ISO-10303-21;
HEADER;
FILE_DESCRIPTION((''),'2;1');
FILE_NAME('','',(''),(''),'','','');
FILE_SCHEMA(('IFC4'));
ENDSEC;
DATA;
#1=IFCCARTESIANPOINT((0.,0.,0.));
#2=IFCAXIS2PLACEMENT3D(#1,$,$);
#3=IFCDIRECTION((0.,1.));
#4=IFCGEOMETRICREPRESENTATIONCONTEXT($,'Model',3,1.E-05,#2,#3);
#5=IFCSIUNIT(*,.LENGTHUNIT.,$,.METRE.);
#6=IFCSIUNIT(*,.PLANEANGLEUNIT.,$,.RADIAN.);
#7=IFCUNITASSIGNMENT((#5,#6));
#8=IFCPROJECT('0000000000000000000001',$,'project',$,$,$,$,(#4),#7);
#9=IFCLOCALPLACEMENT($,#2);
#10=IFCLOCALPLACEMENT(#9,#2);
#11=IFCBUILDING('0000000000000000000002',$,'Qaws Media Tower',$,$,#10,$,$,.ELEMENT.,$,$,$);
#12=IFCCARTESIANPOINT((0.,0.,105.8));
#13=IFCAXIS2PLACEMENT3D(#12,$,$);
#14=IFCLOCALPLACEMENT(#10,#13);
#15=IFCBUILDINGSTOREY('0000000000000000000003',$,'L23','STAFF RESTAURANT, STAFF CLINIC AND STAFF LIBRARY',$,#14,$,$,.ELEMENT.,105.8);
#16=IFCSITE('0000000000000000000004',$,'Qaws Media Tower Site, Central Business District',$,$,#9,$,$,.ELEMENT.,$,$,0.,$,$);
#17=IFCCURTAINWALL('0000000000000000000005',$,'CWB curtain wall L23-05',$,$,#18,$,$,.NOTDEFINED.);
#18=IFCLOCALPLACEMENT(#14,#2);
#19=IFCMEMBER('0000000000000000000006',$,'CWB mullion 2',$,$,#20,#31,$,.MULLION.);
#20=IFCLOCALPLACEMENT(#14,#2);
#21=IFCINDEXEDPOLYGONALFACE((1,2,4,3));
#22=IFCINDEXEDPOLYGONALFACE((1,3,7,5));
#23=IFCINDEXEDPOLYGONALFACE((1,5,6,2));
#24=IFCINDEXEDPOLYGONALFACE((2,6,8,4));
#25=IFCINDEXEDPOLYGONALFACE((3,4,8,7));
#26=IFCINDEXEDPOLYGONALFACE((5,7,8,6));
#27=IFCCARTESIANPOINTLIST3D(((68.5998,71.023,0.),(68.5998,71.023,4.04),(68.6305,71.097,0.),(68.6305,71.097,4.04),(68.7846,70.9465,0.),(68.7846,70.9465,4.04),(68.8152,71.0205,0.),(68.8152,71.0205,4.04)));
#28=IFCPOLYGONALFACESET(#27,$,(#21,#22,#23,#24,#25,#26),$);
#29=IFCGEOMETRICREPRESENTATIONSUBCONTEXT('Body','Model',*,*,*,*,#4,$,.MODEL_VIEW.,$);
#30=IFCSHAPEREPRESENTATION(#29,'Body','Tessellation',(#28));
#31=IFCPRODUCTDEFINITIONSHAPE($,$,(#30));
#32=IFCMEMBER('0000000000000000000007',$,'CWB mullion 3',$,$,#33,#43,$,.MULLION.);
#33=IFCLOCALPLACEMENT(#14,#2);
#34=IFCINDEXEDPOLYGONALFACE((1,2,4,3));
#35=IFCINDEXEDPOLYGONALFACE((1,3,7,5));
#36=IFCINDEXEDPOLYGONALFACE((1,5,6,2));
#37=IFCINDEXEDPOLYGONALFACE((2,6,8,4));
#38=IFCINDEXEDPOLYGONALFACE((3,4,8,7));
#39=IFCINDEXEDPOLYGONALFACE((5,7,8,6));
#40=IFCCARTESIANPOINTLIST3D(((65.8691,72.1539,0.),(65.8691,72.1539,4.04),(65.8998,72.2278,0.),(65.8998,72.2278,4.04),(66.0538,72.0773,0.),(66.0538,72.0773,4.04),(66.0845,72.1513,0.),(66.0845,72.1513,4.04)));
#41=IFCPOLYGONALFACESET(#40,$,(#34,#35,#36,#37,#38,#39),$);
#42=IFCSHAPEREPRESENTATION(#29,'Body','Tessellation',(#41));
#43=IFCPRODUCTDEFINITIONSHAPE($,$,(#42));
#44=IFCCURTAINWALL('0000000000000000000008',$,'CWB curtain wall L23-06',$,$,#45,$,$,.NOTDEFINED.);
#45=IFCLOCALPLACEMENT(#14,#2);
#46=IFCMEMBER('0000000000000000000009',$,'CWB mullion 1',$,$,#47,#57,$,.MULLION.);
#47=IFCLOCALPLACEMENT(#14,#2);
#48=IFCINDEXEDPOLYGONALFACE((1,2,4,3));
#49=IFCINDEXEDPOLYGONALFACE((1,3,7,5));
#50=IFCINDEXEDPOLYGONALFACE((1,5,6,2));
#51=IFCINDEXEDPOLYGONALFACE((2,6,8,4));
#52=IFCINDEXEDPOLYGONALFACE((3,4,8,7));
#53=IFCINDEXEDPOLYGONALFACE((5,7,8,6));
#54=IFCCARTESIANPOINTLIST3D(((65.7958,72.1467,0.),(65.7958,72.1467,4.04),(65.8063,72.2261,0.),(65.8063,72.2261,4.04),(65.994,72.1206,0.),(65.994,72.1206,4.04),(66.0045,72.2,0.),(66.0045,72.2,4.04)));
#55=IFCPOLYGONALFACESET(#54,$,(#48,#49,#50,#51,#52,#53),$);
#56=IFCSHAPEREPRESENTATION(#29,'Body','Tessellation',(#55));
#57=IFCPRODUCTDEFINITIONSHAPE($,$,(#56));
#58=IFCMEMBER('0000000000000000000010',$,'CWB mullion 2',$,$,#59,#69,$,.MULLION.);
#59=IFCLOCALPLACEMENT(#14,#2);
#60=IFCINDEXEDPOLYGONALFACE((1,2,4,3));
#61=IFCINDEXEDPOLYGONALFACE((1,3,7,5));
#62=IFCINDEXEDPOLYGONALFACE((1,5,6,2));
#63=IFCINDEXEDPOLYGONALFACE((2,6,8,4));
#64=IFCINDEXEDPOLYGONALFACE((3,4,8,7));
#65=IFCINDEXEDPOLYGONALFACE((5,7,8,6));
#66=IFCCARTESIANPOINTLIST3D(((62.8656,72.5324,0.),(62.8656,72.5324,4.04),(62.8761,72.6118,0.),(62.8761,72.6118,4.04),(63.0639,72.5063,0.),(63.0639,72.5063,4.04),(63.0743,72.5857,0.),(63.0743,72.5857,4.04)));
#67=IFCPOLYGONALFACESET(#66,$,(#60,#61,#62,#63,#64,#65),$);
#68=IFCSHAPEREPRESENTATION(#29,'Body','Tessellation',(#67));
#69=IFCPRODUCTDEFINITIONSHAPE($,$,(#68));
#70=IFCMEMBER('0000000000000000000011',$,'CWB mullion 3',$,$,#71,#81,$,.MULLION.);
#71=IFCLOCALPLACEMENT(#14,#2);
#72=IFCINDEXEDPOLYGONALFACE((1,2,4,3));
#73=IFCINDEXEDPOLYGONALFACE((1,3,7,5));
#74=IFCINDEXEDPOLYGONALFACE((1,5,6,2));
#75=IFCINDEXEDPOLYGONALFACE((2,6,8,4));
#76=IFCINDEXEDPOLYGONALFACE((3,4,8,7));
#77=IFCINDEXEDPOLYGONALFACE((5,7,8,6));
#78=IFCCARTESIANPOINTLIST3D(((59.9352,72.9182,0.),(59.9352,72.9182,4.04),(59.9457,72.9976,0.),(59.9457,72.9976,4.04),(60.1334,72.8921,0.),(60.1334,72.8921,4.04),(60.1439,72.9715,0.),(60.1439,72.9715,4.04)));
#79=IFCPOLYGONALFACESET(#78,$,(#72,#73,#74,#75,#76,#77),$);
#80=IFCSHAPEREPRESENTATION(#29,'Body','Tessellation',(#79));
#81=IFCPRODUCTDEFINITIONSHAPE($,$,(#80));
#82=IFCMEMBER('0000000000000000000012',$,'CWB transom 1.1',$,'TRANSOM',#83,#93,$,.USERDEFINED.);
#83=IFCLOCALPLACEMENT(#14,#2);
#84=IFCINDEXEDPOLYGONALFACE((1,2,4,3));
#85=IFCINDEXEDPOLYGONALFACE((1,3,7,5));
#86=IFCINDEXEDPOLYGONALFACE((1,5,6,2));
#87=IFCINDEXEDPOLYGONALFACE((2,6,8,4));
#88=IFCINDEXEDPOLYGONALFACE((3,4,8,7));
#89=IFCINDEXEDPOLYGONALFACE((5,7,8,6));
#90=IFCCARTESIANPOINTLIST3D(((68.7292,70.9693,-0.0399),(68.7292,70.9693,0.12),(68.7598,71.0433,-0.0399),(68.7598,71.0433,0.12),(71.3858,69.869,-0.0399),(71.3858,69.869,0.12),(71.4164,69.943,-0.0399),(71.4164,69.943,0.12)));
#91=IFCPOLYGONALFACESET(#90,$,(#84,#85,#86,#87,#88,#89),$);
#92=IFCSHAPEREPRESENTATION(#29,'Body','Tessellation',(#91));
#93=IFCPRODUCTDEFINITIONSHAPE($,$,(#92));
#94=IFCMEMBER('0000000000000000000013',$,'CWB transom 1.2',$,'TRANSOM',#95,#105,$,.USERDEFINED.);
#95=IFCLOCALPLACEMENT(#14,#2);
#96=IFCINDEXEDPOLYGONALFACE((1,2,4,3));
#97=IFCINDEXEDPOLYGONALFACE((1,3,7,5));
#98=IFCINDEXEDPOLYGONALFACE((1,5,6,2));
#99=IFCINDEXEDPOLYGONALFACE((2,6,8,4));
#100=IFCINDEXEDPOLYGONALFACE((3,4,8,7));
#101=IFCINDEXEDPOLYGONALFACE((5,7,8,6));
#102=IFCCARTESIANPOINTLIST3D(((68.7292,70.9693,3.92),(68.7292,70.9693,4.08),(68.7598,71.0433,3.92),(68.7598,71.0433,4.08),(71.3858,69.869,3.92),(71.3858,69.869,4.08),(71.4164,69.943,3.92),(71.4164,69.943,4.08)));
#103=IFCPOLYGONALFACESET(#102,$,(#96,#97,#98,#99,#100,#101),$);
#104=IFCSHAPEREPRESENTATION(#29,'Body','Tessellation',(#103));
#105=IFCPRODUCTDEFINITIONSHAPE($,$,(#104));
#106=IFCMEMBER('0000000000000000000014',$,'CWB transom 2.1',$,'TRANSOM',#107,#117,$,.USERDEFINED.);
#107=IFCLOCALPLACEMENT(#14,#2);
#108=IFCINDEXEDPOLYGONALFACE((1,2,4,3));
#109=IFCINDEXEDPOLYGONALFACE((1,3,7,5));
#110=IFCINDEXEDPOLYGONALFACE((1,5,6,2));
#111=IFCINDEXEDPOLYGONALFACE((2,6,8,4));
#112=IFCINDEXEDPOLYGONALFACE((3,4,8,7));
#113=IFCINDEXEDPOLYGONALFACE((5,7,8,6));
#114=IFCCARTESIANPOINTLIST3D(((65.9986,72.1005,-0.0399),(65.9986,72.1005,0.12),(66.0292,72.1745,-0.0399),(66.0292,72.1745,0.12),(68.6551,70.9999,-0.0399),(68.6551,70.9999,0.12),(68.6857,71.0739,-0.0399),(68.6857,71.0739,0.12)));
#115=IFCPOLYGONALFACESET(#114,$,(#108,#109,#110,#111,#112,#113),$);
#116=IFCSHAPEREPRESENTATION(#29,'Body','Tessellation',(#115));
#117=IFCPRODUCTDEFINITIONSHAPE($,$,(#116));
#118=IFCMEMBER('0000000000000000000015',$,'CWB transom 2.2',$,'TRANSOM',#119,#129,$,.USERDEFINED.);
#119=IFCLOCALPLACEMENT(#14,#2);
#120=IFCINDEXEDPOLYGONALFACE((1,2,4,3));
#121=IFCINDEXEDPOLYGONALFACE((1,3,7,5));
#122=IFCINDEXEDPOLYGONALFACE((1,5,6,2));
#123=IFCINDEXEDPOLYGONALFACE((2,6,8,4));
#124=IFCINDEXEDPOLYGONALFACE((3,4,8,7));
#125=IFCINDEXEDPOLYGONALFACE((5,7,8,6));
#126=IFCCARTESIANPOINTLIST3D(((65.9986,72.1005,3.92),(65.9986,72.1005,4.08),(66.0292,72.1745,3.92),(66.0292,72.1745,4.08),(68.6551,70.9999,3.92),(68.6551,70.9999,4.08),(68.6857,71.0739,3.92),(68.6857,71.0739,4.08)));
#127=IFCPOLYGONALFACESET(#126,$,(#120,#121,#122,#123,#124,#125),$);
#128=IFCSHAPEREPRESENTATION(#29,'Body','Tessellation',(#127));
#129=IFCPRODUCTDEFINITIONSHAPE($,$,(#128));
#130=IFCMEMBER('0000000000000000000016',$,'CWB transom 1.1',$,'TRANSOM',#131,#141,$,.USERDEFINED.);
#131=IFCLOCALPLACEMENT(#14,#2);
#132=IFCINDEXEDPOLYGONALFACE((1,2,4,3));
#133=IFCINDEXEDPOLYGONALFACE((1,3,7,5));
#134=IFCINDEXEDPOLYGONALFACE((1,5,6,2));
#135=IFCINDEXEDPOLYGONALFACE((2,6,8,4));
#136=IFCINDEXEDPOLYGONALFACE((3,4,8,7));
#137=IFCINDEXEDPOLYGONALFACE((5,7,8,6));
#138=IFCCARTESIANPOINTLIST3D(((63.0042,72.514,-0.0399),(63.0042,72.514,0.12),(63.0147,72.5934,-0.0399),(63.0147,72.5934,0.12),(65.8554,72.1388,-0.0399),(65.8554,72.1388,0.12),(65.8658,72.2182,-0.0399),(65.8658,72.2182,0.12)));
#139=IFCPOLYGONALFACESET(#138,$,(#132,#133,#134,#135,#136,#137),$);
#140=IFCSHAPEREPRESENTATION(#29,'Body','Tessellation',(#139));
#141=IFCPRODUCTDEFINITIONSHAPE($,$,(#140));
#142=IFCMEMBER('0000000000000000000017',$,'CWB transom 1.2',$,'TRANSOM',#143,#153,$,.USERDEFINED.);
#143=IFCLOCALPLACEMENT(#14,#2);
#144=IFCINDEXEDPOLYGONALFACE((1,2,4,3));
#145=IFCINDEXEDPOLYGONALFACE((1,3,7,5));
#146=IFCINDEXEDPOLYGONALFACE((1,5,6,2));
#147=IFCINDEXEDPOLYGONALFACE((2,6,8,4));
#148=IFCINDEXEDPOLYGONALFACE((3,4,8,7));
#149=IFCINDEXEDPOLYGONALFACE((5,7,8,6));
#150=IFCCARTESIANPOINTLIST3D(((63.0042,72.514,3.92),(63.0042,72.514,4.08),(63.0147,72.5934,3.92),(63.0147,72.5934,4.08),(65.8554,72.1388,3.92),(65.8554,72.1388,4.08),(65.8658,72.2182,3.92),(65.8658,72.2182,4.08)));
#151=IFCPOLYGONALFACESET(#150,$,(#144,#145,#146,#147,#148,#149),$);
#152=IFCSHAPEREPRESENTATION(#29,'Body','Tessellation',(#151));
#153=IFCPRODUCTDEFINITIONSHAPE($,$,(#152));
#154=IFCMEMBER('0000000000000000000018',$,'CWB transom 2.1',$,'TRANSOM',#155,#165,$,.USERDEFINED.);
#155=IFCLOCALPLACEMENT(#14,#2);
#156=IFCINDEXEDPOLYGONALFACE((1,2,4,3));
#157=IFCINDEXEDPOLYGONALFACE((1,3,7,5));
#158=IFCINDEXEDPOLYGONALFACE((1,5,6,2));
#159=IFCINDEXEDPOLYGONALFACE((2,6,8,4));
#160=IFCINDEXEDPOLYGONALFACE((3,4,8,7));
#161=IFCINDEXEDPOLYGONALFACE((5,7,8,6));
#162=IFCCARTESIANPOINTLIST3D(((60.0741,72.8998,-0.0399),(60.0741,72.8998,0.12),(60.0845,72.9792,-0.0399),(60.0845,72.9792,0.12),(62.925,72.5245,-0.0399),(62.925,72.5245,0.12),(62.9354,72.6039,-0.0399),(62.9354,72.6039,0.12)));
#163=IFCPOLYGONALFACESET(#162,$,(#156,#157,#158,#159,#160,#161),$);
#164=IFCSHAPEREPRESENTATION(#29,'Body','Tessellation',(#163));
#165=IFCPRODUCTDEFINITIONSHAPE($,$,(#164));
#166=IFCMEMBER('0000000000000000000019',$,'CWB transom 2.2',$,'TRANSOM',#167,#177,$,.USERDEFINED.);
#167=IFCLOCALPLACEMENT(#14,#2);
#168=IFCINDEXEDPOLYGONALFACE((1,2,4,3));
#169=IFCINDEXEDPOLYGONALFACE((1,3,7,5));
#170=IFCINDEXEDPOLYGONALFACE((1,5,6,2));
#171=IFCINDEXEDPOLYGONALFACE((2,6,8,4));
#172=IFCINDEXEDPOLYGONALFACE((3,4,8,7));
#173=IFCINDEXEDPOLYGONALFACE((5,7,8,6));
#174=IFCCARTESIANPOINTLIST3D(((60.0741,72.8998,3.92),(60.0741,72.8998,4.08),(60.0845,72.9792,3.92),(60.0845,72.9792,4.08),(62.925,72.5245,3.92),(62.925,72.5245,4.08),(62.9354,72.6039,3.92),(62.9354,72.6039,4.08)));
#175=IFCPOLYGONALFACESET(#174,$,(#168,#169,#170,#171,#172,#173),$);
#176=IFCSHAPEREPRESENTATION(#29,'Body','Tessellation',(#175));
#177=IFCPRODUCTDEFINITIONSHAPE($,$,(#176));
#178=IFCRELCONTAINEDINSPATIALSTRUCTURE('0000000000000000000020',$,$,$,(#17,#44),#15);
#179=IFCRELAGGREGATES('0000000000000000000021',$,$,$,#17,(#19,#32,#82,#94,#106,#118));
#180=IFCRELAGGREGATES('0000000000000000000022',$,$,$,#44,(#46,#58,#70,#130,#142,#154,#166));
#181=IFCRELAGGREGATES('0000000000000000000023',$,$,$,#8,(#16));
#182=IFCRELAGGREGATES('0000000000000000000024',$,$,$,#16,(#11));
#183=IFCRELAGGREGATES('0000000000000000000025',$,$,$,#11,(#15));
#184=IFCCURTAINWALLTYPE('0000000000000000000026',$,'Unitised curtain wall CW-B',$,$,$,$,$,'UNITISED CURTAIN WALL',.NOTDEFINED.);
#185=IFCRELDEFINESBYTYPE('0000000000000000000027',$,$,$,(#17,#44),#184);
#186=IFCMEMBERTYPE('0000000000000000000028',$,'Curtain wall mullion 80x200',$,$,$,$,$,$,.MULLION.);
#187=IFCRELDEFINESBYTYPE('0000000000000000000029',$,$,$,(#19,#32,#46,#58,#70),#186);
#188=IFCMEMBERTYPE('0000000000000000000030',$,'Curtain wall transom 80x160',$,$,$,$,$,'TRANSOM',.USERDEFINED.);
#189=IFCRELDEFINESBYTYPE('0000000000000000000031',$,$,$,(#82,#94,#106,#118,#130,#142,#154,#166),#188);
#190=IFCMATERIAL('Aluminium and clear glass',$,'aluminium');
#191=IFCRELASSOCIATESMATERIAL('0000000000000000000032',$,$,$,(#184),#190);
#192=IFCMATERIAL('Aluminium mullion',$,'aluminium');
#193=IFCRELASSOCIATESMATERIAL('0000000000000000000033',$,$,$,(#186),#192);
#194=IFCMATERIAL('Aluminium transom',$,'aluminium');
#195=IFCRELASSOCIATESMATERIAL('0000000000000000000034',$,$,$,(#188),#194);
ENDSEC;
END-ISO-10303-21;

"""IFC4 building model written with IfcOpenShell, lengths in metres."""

from ifc_helpers import new_model, si_unit, direction, frame, origin, origin_2d, place, context, subcontext, project, spatial, rectangle, extrude, material, material_profile, profile_set, type_object, element, aggregate, save


model = new_model("IFC4")

# Units and contexts
model_context = context("Model", 3, precision=1e-05, world=origin(), true_north=direction((0.0, 1.0)))
body_context = subcontext(model_context, "Body", "Model", "MODEL_VIEW")
ifc_project = project(units=[si_unit("LENGTHUNIT", "METRE"), si_unit("PLANEANGLEUNIT", "RADIAN")], contexts=[model_context])

# Site, building, storey
site_placement = place(None, origin())
site = spatial("IfcSite", under=ifc_project, at=site_placement, Name="Qaws Media Tower Site, Central Business District", CompositionType="ELEMENT", RefElevation=0.0)
building_placement = place(site_placement, origin())
building = spatial("IfcBuilding", under=site, at=building_placement, Name="Qaws Media Tower", CompositionType="ELEMENT")
storey_placement = place(building_placement, frame((0.0, 0.0, 105.8)))
storey = spatial("IfcBuildingStorey", under=building, at=storey_placement, Name="L23", Description="STAFF RESTAURANT, STAFF CLINIC AND STAFF LIBRARY", CompositionType="ELEMENT", Elevation=105.8)

# Curtain walls, members
ifc_material_1 = material(Name="Aluminium and clear glass", Category="aluminium")
curtain_wall_type = type_object("IfcCurtainWallType", Name="Unitised curtain wall CW-B", ElementType="UNITISED CURTAIN WALL", PredefinedType="NOTDEFINED", material=ifc_material_1)
curtain_wall_1_placement = place(storey_placement, origin())
curtain_wall_1 = element("IfcCurtainWall", 1, at=curtain_wall_1_placement, inside=storey, type_object=curtain_wall_type, Name="CWB curtain wall L23-05", PredefinedType="NOTDEFINED")
ifc_material_2 = material(Name="Aluminium mullion", Category="aluminium")
ifc_material_profile_1 = material_profile(ifc_material_2, rectangle(XDim=0.0801, YDim=0.2, at=origin_2d()), Name="80x200")
ifc_profile_set_1 = profile_set([ifc_material_profile_1], Name="Aluminium mullion")
member_type_1 = type_object("IfcMemberType", Name="Curtain wall mullion 80x200", PredefinedType="MULLION", material=ifc_profile_set_1)
member_1_placement = place(storey_placement, frame((68.7075, 71.0217, 0.0), z_axis=(0.0, 0.0, 1.0), x_axis=(-0.382683, -0.92388, 0.0)))
member_1 = element("IfcMember", 2, at=member_1_placement, type_object=member_type_1, Name="CWB mullion 2", PredefinedType="MULLION", context=body_context, shape_type="SweptSolid", body=[
    extrude(rectangle(XDim=0.0801, YDim=0.2, at=origin_2d()), origin(), (0.0, 0.0, 1.0), 4.04),
])
member_2_placement = place(storey_placement, frame((65.9768, 72.1526, 0.0), z_axis=(0.0, 0.0, 1.0), x_axis=(-0.382683, -0.92388, 0.0)))
member_2 = element("IfcMember", 3, at=member_2_placement, type_object=member_type_1, Name="CWB mullion 3", PredefinedType="MULLION", context=body_context, shape_type="SweptSolid", body=[
    extrude(rectangle(XDim=0.0801, YDim=0.2, at=origin_2d()), origin(), (0.0, 0.0, 1.0), 4.04),
])
curtain_wall_2_placement = place(storey_placement, origin())
curtain_wall_2 = element("IfcCurtainWall", 4, at=curtain_wall_2_placement, inside=storey, type_object=curtain_wall_type, Name="CWB curtain wall L23-06", PredefinedType="NOTDEFINED")
member_3_placement = place(storey_placement, frame((65.9001, 72.1733, 0.0), z_axis=(0.0, 0.0, 1.0), x_axis=(-0.130526, -0.991445, 0.0)))
member_3 = element("IfcMember", 5, at=member_3_placement, type_object=member_type_1, Name="CWB mullion 1", PredefinedType="MULLION", context=body_context, shape_type="SweptSolid", body=[
    extrude(rectangle(XDim=0.0801, YDim=0.2, at=origin_2d()), origin(), (0.0, 0.0, 1.0), 4.04),
])
member_4_placement = place(storey_placement, frame((62.97, 72.5591, 0.0), z_axis=(0.0, 0.0, 1.0), x_axis=(-0.130526, -0.991445, 0.0)))
member_4 = element("IfcMember", 6, at=member_4_placement, type_object=member_type_1, Name="CWB mullion 2", PredefinedType="MULLION", context=body_context, shape_type="SweptSolid", body=[
    extrude(rectangle(XDim=0.0801, YDim=0.2, at=origin_2d()), origin(), (0.0, 0.0, 1.0), 4.04),
])
member_5_placement = place(storey_placement, frame((60.0396, 72.9448, 0.0), z_axis=(0.0, 0.0, 1.0), x_axis=(-0.130526, -0.991445, 0.0)))
member_5 = element("IfcMember", 7, at=member_5_placement, type_object=member_type_1, Name="CWB mullion 3", PredefinedType="MULLION", context=body_context, shape_type="SweptSolid", body=[
    extrude(rectangle(XDim=0.0801, YDim=0.2, at=origin_2d()), origin(), (0.0, 0.0, 1.0), 4.04),
])

# Members
ifc_material_3 = material(Name="Aluminium transom", Category="aluminium")
ifc_material_profile_2 = material_profile(ifc_material_3, rectangle(XDim=0.0801, YDim=0.1599, at=origin_2d()), Name="80x160")
ifc_profile_set_2 = profile_set([ifc_material_profile_2], Name="Aluminium transom")
member_type_2 = type_object("IfcMemberType", Name="Curtain wall transom 80x160", ElementType="TRANSOM", PredefinedType="USERDEFINED", material=ifc_profile_set_2)
member_6_placement = place(storey_placement, frame((71.4011, 69.906, 0.04), z_axis=(-0.923894, 0.382649, 0.0), x_axis=(-0.382649, -0.923894, 0.0)))
member_6 = element("IfcMember", 8, at=member_6_placement, type_object=member_type_2, Name="CWB transom 1.1", ObjectType="TRANSOM", PredefinedType="USERDEFINED", context=body_context, shape_type="SweptSolid", body=[
    extrude(rectangle(XDim=0.0801, YDim=0.1599, at=origin_2d()), origin(), (0.0, 0.0, 1.0), 2.8755),
])
member_7_placement = place(storey_placement, frame((71.4011, 69.906, 4.0), z_axis=(-0.923894, 0.382649, 0.0), x_axis=(-0.382649, -0.923894, 0.0)))
member_7 = element("IfcMember", 9, at=member_7_placement, type_object=member_type_2, Name="CWB transom 1.2", ObjectType="TRANSOM", PredefinedType="USERDEFINED", context=body_context, shape_type="SweptSolid", body=[
    extrude(rectangle(XDim=0.0801, YDim=0.1599, at=origin_2d()), origin(), (0.0, 0.0, 1.0), 2.8755),
])
member_8_placement = place(storey_placement, frame((68.6704, 71.0369, 0.04), z_axis=(-0.923851, 0.382752, 0.0), x_axis=(-0.382752, -0.923851, 0.0)))
member_8 = element("IfcMember", 10, at=member_8_placement, type_object=member_type_2, Name="CWB transom 2.1", ObjectType="TRANSOM", PredefinedType="USERDEFINED", context=body_context, shape_type="SweptSolid", body=[
    extrude(rectangle(XDim=0.0801, YDim=0.1599, at=origin_2d()), origin(), (0.0, 0.0, 1.0), 2.8755),
])
member_9_placement = place(storey_placement, frame((68.6704, 71.0369, 4.0), z_axis=(-0.923851, 0.382752, 0.0), x_axis=(-0.382752, -0.923851, 0.0)))
member_9 = element("IfcMember", 11, at=member_9_placement, type_object=member_type_2, Name="CWB transom 2.2", ObjectType="TRANSOM", PredefinedType="USERDEFINED", context=body_context, shape_type="SweptSolid", body=[
    extrude(rectangle(XDim=0.0801, YDim=0.1599, at=origin_2d()), origin(), (0.0, 0.0, 1.0), 2.8755),
])
member_10_placement = place(storey_placement, frame((65.8606, 72.1785, 0.04), z_axis=(-0.99145, 0.13049, 0.0), x_axis=(-0.13049, -0.99145, 0.0)))
member_10 = element("IfcMember", 12, at=member_10_placement, type_object=member_type_2, Name="CWB transom 1.1", ObjectType="TRANSOM", PredefinedType="USERDEFINED", context=body_context, shape_type="SweptSolid", body=[
    extrude(rectangle(XDim=0.0801, YDim=0.1599, at=origin_2d()), origin(), (0.0, 0.0, 1.0), 2.8757),
])
member_11_placement = place(storey_placement, frame((65.8606, 72.1785, 4.0), z_axis=(-0.99145, 0.13049, 0.0), x_axis=(-0.13049, -0.99145, 0.0)))
member_11 = element("IfcMember", 13, at=member_11_placement, type_object=member_type_2, Name="CWB transom 1.2", ObjectType="TRANSOM", PredefinedType="USERDEFINED", context=body_context, shape_type="SweptSolid", body=[
    extrude(rectangle(XDim=0.0801, YDim=0.1599, at=origin_2d()), origin(), (0.0, 0.0, 1.0), 2.8757),
])
member_12_placement = place(storey_placement, frame((62.9302, 72.5642, 0.04), z_axis=(-0.991448, 0.130501, 0.0), x_axis=(-0.130501, -0.991448, 0.0)))
member_12 = element("IfcMember", 14, at=member_12_placement, type_object=member_type_2, Name="CWB transom 2.1", ObjectType="TRANSOM", PredefinedType="USERDEFINED", context=body_context, shape_type="SweptSolid", body=[
    extrude(rectangle(XDim=0.0801, YDim=0.1599, at=origin_2d()), origin(), (0.0, 0.0, 1.0), 2.8755),
])
member_13_placement = place(storey_placement, frame((62.9302, 72.5642, 4.0), z_axis=(-0.991448, 0.130501, 0.0), x_axis=(-0.130501, -0.991448, 0.0)))
member_13 = element("IfcMember", 15, at=member_13_placement, type_object=member_type_2, Name="CWB transom 2.2", ObjectType="TRANSOM", PredefinedType="USERDEFINED", context=body_context, shape_type="SweptSolid", body=[
    extrude(rectangle(XDim=0.0801, YDim=0.1599, at=origin_2d()), origin(), (0.0, 0.0, 1.0), 2.8755),
])

aggregate(curtain_wall_1, [member_1, member_2, member_6, member_7, member_8, member_9])
aggregate(curtain_wall_2, [member_3, member_4, member_5, member_10, member_11, member_12, member_13])

save(model, "model.ifc")
